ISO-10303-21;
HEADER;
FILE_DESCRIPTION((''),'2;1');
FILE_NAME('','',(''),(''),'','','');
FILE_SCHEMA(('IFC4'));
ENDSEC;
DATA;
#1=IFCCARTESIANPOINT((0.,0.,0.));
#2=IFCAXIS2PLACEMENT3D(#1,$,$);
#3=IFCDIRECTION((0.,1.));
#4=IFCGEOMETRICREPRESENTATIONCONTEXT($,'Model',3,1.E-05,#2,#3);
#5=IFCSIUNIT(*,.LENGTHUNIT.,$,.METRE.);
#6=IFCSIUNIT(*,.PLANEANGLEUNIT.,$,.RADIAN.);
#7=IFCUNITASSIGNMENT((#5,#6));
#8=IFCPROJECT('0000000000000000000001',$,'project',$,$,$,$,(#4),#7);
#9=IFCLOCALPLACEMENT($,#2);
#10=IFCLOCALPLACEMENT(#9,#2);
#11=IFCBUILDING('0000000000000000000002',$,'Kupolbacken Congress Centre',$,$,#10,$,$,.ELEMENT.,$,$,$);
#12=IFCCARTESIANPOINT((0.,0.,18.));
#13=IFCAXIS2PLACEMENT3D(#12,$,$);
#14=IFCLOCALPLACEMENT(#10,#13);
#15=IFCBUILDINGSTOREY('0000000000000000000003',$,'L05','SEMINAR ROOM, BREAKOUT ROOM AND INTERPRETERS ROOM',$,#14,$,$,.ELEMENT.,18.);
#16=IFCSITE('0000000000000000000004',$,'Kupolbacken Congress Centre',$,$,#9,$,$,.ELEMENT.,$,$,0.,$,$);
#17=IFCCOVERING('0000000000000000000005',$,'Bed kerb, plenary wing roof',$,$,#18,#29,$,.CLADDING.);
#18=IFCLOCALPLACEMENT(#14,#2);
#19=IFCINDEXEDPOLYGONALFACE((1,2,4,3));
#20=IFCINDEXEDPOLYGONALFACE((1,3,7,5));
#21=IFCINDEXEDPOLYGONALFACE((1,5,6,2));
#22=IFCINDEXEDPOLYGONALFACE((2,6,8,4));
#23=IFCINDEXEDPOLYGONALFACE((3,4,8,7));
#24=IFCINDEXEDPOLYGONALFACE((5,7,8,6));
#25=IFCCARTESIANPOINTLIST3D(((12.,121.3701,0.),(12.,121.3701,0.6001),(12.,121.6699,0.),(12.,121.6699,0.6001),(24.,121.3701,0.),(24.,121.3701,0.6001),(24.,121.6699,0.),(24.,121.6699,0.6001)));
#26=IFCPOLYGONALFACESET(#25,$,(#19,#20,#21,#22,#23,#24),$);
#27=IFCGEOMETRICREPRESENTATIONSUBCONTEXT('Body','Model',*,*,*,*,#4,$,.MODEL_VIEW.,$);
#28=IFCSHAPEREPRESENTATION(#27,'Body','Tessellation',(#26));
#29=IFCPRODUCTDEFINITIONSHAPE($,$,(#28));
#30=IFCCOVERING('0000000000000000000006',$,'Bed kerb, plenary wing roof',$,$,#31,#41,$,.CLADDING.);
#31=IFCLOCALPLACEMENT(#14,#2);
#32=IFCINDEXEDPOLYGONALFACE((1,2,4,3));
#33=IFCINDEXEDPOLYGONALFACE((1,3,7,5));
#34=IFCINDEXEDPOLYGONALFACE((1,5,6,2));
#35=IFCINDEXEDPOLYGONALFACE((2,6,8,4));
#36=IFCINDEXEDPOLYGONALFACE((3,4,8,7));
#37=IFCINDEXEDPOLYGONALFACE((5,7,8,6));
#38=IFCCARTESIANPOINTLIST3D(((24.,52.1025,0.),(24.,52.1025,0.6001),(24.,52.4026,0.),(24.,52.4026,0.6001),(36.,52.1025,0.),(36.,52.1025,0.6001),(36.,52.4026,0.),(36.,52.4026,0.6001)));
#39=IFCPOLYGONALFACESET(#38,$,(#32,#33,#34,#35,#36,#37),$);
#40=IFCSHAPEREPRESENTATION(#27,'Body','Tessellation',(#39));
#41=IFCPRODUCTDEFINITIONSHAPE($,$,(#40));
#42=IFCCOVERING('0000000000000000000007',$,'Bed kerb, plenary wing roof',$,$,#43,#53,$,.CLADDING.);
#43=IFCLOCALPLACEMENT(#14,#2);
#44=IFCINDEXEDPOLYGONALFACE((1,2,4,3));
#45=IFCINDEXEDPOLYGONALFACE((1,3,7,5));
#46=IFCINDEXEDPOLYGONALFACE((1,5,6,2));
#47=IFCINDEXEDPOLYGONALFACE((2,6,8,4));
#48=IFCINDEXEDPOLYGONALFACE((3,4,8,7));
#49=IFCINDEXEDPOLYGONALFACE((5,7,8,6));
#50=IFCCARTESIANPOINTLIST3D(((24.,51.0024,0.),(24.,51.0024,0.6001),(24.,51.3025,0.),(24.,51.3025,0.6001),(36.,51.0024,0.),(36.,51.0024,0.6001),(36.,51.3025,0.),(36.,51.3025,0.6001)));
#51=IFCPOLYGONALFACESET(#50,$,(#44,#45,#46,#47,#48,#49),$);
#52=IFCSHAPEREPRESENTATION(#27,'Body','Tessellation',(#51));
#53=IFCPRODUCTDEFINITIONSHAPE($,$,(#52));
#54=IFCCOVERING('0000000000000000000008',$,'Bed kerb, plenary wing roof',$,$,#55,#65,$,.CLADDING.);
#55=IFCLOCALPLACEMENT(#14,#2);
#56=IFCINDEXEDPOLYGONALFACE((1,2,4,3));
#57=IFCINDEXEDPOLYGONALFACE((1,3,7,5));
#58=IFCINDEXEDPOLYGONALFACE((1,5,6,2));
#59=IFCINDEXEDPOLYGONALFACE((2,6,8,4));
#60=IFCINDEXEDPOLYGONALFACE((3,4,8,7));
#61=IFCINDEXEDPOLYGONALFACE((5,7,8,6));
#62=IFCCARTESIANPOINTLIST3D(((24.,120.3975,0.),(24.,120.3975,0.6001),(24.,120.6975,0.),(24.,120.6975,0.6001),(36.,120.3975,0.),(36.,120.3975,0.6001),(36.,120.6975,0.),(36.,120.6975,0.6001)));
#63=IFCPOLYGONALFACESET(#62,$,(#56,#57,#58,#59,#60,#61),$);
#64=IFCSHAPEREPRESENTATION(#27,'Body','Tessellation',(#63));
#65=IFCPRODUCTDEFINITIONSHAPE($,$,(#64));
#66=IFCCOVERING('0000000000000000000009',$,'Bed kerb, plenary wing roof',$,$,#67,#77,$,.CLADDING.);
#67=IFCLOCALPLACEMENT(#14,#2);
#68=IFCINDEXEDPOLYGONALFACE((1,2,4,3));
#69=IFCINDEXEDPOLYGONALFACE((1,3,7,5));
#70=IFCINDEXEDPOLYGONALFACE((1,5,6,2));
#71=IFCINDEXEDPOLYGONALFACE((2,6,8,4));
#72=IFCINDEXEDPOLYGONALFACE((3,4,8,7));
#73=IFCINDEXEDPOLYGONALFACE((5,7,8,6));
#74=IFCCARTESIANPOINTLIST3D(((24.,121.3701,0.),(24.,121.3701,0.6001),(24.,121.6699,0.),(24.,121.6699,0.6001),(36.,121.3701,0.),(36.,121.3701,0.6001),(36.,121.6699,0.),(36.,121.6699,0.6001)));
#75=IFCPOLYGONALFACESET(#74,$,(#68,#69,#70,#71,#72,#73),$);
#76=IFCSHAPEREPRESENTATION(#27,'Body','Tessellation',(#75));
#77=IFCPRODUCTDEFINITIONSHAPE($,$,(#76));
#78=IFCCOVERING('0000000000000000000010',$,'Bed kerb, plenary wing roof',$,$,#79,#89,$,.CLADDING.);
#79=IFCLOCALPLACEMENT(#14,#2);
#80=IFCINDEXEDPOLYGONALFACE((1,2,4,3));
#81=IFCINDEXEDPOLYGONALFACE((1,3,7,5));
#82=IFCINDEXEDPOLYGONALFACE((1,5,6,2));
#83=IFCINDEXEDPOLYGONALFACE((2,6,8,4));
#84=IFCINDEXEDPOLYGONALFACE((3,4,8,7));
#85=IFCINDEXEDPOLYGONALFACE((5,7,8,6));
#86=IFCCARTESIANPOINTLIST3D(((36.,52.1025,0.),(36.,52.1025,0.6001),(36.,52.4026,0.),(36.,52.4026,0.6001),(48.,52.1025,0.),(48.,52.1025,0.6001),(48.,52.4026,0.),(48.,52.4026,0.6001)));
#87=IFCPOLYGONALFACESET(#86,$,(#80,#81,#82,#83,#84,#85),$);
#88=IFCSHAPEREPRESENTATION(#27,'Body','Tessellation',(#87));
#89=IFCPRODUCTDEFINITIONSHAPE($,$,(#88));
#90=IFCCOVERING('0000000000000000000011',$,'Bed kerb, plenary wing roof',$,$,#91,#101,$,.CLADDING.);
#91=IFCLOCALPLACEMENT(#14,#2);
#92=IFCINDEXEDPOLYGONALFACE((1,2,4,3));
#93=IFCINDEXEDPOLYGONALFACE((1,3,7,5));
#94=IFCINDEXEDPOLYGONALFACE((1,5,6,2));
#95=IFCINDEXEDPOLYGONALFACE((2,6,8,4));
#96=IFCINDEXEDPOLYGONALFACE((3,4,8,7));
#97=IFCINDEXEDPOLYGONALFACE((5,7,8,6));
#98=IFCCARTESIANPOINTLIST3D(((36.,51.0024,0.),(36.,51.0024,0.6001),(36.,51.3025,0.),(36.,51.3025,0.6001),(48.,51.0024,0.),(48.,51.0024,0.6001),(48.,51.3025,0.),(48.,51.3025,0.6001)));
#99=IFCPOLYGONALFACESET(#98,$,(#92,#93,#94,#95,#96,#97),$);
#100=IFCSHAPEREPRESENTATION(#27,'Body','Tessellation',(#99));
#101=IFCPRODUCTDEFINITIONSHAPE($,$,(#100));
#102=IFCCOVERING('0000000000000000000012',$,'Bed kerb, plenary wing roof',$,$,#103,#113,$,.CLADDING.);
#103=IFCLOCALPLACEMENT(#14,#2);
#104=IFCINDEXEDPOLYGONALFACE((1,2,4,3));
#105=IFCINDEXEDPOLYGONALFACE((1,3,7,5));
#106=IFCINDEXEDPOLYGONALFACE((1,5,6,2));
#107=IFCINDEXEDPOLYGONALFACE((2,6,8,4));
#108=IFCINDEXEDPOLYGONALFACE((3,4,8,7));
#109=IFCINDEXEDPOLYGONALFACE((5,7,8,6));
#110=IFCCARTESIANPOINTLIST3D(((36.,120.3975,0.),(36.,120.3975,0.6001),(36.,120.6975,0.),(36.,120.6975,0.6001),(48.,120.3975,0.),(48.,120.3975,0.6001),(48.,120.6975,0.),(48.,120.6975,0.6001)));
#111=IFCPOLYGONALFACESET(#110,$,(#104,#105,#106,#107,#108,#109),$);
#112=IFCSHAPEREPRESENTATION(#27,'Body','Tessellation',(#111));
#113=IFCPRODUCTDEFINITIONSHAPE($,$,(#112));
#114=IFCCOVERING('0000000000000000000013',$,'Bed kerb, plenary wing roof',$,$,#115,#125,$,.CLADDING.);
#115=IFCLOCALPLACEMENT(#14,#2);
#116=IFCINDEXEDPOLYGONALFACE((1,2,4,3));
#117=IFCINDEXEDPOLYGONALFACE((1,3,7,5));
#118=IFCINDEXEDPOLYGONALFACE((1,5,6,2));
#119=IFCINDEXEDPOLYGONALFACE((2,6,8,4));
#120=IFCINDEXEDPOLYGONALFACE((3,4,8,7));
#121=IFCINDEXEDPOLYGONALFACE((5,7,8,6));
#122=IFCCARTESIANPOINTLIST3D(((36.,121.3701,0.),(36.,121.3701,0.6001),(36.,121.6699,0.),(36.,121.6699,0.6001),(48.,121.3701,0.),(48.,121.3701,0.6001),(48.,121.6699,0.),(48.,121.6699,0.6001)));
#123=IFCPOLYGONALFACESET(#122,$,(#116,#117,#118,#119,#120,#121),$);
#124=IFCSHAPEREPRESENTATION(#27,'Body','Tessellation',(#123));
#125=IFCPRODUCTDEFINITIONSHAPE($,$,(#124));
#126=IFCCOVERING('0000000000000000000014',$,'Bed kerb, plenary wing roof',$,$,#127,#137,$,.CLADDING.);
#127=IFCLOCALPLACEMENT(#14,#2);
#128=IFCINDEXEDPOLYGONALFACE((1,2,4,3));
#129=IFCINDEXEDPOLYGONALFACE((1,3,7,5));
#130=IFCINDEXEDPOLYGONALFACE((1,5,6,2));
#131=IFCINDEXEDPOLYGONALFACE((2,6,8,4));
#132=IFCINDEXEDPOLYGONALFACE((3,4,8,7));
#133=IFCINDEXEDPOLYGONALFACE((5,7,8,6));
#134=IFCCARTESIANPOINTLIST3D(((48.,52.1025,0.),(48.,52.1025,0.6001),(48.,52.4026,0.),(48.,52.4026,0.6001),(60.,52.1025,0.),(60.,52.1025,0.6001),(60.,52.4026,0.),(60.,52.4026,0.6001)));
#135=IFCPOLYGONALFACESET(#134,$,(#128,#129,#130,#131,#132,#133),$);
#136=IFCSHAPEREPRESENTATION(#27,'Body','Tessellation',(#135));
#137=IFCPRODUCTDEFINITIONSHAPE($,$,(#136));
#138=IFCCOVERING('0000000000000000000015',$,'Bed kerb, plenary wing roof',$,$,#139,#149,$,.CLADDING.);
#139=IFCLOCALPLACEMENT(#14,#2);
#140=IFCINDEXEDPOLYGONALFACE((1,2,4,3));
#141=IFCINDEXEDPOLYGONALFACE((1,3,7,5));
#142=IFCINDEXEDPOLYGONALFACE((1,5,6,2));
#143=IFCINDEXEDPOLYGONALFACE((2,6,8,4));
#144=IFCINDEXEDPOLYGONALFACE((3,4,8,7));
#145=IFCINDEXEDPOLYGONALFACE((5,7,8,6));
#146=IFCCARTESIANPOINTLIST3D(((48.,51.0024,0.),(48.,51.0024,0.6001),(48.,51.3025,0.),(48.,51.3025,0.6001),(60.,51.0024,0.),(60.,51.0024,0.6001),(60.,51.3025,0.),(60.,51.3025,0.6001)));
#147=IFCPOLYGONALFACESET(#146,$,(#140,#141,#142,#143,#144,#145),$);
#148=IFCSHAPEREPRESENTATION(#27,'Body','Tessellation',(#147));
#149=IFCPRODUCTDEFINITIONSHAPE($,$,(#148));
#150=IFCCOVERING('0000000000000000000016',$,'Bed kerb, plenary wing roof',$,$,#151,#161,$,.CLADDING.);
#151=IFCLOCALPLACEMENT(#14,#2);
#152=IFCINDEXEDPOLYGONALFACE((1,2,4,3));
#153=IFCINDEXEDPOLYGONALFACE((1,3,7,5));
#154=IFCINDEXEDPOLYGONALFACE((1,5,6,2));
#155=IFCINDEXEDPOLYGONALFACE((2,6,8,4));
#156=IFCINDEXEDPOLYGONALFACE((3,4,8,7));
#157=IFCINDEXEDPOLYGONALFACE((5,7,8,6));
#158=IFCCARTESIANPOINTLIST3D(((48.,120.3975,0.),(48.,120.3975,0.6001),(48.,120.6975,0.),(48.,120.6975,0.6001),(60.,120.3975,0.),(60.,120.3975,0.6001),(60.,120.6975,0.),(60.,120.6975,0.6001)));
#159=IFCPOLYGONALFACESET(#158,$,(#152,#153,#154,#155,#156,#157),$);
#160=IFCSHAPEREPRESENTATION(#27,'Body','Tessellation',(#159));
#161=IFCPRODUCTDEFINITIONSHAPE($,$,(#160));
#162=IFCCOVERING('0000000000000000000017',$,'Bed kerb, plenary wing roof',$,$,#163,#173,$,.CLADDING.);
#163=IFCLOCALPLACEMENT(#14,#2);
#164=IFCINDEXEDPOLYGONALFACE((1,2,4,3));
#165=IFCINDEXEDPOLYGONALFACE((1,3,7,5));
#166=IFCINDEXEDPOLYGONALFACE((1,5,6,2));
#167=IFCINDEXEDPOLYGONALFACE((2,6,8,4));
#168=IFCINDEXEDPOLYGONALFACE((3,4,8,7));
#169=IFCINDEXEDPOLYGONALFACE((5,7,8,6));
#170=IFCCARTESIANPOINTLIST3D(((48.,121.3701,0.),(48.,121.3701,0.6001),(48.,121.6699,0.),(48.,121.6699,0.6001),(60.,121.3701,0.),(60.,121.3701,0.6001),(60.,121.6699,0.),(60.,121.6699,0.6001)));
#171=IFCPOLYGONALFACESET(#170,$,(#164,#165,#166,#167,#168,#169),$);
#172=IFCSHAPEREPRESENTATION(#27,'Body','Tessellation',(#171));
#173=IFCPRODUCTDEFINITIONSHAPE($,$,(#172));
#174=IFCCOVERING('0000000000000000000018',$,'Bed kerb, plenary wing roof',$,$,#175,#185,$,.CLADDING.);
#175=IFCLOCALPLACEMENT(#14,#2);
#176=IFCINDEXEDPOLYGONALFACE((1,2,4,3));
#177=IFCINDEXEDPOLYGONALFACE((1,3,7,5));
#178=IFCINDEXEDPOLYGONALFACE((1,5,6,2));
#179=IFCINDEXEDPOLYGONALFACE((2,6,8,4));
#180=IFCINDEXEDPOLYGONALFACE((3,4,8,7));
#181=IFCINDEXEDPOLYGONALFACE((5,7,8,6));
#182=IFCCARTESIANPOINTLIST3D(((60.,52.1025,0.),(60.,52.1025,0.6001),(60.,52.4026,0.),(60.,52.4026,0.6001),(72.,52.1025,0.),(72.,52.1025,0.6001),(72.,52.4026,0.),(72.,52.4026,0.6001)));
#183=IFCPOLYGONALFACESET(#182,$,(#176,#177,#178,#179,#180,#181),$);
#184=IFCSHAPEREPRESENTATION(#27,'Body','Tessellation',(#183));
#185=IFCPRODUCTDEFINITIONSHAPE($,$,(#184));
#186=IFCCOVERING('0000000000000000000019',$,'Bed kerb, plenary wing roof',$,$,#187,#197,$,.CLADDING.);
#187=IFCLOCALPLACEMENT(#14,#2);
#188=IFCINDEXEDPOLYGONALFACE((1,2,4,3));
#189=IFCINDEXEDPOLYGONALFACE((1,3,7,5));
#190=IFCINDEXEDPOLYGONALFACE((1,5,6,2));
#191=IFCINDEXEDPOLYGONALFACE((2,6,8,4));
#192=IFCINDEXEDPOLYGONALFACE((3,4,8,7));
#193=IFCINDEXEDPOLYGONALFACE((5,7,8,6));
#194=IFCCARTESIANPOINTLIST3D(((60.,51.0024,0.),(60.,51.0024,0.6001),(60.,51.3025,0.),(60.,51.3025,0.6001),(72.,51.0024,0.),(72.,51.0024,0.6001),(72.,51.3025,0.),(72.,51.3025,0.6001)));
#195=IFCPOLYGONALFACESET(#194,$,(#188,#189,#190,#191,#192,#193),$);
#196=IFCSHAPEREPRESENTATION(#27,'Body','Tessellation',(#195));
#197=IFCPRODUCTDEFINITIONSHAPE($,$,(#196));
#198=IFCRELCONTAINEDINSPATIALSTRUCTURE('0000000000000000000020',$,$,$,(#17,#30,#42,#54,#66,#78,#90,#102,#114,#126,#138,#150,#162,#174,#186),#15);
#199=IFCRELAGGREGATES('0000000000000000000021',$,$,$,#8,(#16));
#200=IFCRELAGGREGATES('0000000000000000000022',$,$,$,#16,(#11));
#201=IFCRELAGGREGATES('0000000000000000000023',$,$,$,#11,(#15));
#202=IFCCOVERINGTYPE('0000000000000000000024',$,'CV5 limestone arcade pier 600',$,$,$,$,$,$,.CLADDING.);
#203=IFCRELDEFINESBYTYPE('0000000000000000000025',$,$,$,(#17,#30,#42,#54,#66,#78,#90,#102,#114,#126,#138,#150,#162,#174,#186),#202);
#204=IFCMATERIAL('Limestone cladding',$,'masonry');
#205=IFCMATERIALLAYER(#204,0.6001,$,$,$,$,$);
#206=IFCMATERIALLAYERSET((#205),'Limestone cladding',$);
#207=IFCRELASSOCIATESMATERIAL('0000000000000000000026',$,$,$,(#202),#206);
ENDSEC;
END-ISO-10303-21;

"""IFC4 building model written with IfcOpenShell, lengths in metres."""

from ifc_helpers import new_model, si_unit, direction, frame, origin, place, context, subcontext, project, spatial, polyline, outline, extrude, material, layer, layer_set, type_object, element, save


model = new_model("IFC4")

# Units and contexts
model_context = context("Model", 3, precision=1e-05, world=origin(), true_north=direction((0.0, 1.0)))
body_context = subcontext(model_context, "Body", "Model", "MODEL_VIEW")
ifc_project = project(units=[si_unit("LENGTHUNIT", "METRE"), si_unit("PLANEANGLEUNIT", "RADIAN")], contexts=[model_context])

# Site, building, storey
site_placement = place(None, origin())
site = spatial("IfcSite", under=ifc_project, at=site_placement, Name="Kupolbacken Congress Centre", CompositionType="ELEMENT", RefElevation=0.0)
building_placement = place(site_placement, origin())
building = spatial("IfcBuilding", under=site, at=building_placement, Name="Kupolbacken Congress Centre", CompositionType="ELEMENT")
storey_placement = place(building_placement, frame((0.0, 0.0, 18.0)))
storey = spatial("IfcBuildingStorey", under=building, at=storey_placement, Name="L05", Description="SEMINAR ROOM, BREAKOUT ROOM AND INTERPRETERS ROOM", CompositionType="ELEMENT", Elevation=18.0)

# Coverings
ifc_material_1 = material(Name="Limestone cladding", Category="masonry")
ifc_layer_1 = layer(ifc_material_1, 0.6001)
ifc_layer_set_1 = layer_set([ifc_layer_1], Name="Limestone cladding")
covering_type_1 = type_object("IfcCoveringType", Name="CV5 limestone arcade pier 600", PredefinedType="CLADDING", material=ifc_layer_set_1)
covering_1_placement = place(storey_placement, origin())
element("IfcCovering", 1, at=covering_1_placement, inside=storey, type_object=covering_type_1, Name="Bed kerb, plenary wing roof", PredefinedType="CLADDING", context=body_context, shape_type="SweptSolid", body=[
    extrude(outline(polyline([(24.0, 121.6699), (24.0, 121.3701), (12.0, 121.3701), (12.0, 121.6699), (24.0, 121.6699)])), origin(), (0.0, 0.0, 1.0), 0.6001),
])
covering_2_placement = place(storey_placement, origin())
element("IfcCovering", 2, at=covering_2_placement, inside=storey, type_object=covering_type_1, Name="Bed kerb, plenary wing roof", PredefinedType="CLADDING", context=body_context, shape_type="SweptSolid", body=[
    extrude(outline(polyline([(36.0, 52.4026), (36.0, 52.1025), (24.0, 52.1025), (24.0, 52.4026), (36.0, 52.4026)])), origin(), (0.0, 0.0, 1.0), 0.6001),
])
covering_3_placement = place(storey_placement, origin())
element("IfcCovering", 3, at=covering_3_placement, inside=storey, type_object=covering_type_1, Name="Bed kerb, plenary wing roof", PredefinedType="CLADDING", context=body_context, shape_type="SweptSolid", body=[
    extrude(outline(polyline([(24.0, 51.0024), (24.0, 51.3025), (36.0, 51.3025), (36.0, 51.0024), (24.0, 51.0024)])), origin(), (0.0, 0.0, 1.0), 0.6001),
])
covering_4_placement = place(storey_placement, origin())
element("IfcCovering", 4, at=covering_4_placement, inside=storey, type_object=covering_type_1, Name="Bed kerb, plenary wing roof", PredefinedType="CLADDING", context=body_context, shape_type="SweptSolid", body=[
    extrude(outline(polyline([(24.0, 120.3975), (24.0, 120.6975), (36.0, 120.6975), (36.0, 120.3975), (24.0, 120.3975)])), origin(), (0.0, 0.0, 1.0), 0.6001),
])
covering_5_placement = place(storey_placement, origin())
element("IfcCovering", 5, at=covering_5_placement, inside=storey, type_object=covering_type_1, Name="Bed kerb, plenary wing roof", PredefinedType="CLADDING", context=body_context, shape_type="SweptSolid", body=[
    extrude(outline(polyline([(36.0, 121.6699), (36.0, 121.3701), (24.0, 121.3701), (24.0, 121.6699), (36.0, 121.6699)])), origin(), (0.0, 0.0, 1.0), 0.6001),
])
covering_6_placement = place(storey_placement, origin())
element("IfcCovering", 6, at=covering_6_placement, inside=storey, type_object=covering_type_1, Name="Bed kerb, plenary wing roof", PredefinedType="CLADDING", context=body_context, shape_type="SweptSolid", body=[
    extrude(outline(polyline([(48.0, 52.4026), (48.0, 52.1025), (36.0, 52.1025), (36.0, 52.4026), (48.0, 52.4026)])), origin(), (0.0, 0.0, 1.0), 0.6001),
])
covering_7_placement = place(storey_placement, origin())
element("IfcCovering", 7, at=covering_7_placement, inside=storey, type_object=covering_type_1, Name="Bed kerb, plenary wing roof", PredefinedType="CLADDING", context=body_context, shape_type="SweptSolid", body=[
    extrude(outline(polyline([(36.0, 51.0024), (36.0, 51.3025), (48.0, 51.3025), (48.0, 51.0024), (36.0, 51.0024)])), origin(), (0.0, 0.0, 1.0), 0.6001),
])
covering_8_placement = place(storey_placement, origin())
element("IfcCovering", 8, at=covering_8_placement, inside=storey, type_object=covering_type_1, Name="Bed kerb, plenary wing roof", PredefinedType="CLADDING", context=body_context, shape_type="SweptSolid", body=[
    extrude(outline(polyline([(36.0, 120.3975), (36.0, 120.6975), (48.0, 120.6975), (48.0, 120.3975), (36.0, 120.3975)])), origin(), (0.0, 0.0, 1.0), 0.6001),
])
covering_9_placement = place(storey_placement, origin())
element("IfcCovering", 9, at=covering_9_placement, inside=storey, type_object=covering_type_1, Name="Bed kerb, plenary wing roof", PredefinedType="CLADDING", context=body_context, shape_type="SweptSolid", body=[
    extrude(outline(polyline([(48.0, 121.6699), (48.0, 121.3701), (36.0, 121.3701), (36.0, 121.6699), (48.0, 121.6699)])), origin(), (0.0, 0.0, 1.0), 0.6001),
])
covering_10_placement = place(storey_placement, origin())
element("IfcCovering", 10, at=covering_10_placement, inside=storey, type_object=covering_type_1, Name="Bed kerb, plenary wing roof", PredefinedType="CLADDING", context=body_context, shape_type="SweptSolid", body=[
    extrude(outline(polyline([(60.0, 52.4026), (60.0, 52.1025), (48.0, 52.1025), (48.0, 52.4026), (60.0, 52.4026)])), origin(), (0.0, 0.0, 1.0), 0.6001),
])
covering_11_placement = place(storey_placement, origin())
element("IfcCovering", 11, at=covering_11_placement, inside=storey, type_object=covering_type_1, Name="Bed kerb, plenary wing roof", PredefinedType="CLADDING", context=body_context, shape_type="SweptSolid", body=[
    extrude(outline(polyline([(48.0, 51.0024), (48.0, 51.3025), (60.0, 51.3025), (60.0, 51.0024), (48.0, 51.0024)])), origin(), (0.0, 0.0, 1.0), 0.6001),
])
covering_12_placement = place(storey_placement, origin())
element("IfcCovering", 12, at=covering_12_placement, inside=storey, type_object=covering_type_1, Name="Bed kerb, plenary wing roof", PredefinedType="CLADDING", context=body_context, shape_type="SweptSolid", body=[
    extrude(outline(polyline([(48.0, 120.3975), (48.0, 120.6975), (60.0, 120.6975), (60.0, 120.3975), (48.0, 120.3975)])), origin(), (0.0, 0.0, 1.0), 0.6001),
])
covering_13_placement = place(storey_placement, origin())
element("IfcCovering", 13, at=covering_13_placement, inside=storey, type_object=covering_type_1, Name="Bed kerb, plenary wing roof", PredefinedType="CLADDING", context=body_context, shape_type="SweptSolid", body=[
    extrude(outline(polyline([(60.0, 121.6699), (60.0, 121.3701), (48.0, 121.3701), (48.0, 121.6699), (60.0, 121.6699)])), origin(), (0.0, 0.0, 1.0), 0.6001),
])
covering_14_placement = place(storey_placement, origin())
element("IfcCovering", 14, at=covering_14_placement, inside=storey, type_object=covering_type_1, Name="Bed kerb, plenary wing roof", PredefinedType="CLADDING", context=body_context, shape_type="SweptSolid", body=[
    extrude(outline(polyline([(72.0, 52.4026), (72.0, 52.1025), (60.0, 52.1025), (60.0, 52.4026), (72.0, 52.4026)])), origin(), (0.0, 0.0, 1.0), 0.6001),
])
covering_15_placement = place(storey_placement, origin())
element("IfcCovering", 15, at=covering_15_placement, inside=storey, type_object=covering_type_1, Name="Bed kerb, plenary wing roof", PredefinedType="CLADDING", context=body_context, shape_type="SweptSolid", body=[
    extrude(outline(polyline([(60.0, 51.0024), (60.0, 51.3025), (72.0, 51.3025), (72.0, 51.0024), (60.0, 51.0024)])), origin(), (0.0, 0.0, 1.0), 0.6001),
])

save(model, "model.ifc")
